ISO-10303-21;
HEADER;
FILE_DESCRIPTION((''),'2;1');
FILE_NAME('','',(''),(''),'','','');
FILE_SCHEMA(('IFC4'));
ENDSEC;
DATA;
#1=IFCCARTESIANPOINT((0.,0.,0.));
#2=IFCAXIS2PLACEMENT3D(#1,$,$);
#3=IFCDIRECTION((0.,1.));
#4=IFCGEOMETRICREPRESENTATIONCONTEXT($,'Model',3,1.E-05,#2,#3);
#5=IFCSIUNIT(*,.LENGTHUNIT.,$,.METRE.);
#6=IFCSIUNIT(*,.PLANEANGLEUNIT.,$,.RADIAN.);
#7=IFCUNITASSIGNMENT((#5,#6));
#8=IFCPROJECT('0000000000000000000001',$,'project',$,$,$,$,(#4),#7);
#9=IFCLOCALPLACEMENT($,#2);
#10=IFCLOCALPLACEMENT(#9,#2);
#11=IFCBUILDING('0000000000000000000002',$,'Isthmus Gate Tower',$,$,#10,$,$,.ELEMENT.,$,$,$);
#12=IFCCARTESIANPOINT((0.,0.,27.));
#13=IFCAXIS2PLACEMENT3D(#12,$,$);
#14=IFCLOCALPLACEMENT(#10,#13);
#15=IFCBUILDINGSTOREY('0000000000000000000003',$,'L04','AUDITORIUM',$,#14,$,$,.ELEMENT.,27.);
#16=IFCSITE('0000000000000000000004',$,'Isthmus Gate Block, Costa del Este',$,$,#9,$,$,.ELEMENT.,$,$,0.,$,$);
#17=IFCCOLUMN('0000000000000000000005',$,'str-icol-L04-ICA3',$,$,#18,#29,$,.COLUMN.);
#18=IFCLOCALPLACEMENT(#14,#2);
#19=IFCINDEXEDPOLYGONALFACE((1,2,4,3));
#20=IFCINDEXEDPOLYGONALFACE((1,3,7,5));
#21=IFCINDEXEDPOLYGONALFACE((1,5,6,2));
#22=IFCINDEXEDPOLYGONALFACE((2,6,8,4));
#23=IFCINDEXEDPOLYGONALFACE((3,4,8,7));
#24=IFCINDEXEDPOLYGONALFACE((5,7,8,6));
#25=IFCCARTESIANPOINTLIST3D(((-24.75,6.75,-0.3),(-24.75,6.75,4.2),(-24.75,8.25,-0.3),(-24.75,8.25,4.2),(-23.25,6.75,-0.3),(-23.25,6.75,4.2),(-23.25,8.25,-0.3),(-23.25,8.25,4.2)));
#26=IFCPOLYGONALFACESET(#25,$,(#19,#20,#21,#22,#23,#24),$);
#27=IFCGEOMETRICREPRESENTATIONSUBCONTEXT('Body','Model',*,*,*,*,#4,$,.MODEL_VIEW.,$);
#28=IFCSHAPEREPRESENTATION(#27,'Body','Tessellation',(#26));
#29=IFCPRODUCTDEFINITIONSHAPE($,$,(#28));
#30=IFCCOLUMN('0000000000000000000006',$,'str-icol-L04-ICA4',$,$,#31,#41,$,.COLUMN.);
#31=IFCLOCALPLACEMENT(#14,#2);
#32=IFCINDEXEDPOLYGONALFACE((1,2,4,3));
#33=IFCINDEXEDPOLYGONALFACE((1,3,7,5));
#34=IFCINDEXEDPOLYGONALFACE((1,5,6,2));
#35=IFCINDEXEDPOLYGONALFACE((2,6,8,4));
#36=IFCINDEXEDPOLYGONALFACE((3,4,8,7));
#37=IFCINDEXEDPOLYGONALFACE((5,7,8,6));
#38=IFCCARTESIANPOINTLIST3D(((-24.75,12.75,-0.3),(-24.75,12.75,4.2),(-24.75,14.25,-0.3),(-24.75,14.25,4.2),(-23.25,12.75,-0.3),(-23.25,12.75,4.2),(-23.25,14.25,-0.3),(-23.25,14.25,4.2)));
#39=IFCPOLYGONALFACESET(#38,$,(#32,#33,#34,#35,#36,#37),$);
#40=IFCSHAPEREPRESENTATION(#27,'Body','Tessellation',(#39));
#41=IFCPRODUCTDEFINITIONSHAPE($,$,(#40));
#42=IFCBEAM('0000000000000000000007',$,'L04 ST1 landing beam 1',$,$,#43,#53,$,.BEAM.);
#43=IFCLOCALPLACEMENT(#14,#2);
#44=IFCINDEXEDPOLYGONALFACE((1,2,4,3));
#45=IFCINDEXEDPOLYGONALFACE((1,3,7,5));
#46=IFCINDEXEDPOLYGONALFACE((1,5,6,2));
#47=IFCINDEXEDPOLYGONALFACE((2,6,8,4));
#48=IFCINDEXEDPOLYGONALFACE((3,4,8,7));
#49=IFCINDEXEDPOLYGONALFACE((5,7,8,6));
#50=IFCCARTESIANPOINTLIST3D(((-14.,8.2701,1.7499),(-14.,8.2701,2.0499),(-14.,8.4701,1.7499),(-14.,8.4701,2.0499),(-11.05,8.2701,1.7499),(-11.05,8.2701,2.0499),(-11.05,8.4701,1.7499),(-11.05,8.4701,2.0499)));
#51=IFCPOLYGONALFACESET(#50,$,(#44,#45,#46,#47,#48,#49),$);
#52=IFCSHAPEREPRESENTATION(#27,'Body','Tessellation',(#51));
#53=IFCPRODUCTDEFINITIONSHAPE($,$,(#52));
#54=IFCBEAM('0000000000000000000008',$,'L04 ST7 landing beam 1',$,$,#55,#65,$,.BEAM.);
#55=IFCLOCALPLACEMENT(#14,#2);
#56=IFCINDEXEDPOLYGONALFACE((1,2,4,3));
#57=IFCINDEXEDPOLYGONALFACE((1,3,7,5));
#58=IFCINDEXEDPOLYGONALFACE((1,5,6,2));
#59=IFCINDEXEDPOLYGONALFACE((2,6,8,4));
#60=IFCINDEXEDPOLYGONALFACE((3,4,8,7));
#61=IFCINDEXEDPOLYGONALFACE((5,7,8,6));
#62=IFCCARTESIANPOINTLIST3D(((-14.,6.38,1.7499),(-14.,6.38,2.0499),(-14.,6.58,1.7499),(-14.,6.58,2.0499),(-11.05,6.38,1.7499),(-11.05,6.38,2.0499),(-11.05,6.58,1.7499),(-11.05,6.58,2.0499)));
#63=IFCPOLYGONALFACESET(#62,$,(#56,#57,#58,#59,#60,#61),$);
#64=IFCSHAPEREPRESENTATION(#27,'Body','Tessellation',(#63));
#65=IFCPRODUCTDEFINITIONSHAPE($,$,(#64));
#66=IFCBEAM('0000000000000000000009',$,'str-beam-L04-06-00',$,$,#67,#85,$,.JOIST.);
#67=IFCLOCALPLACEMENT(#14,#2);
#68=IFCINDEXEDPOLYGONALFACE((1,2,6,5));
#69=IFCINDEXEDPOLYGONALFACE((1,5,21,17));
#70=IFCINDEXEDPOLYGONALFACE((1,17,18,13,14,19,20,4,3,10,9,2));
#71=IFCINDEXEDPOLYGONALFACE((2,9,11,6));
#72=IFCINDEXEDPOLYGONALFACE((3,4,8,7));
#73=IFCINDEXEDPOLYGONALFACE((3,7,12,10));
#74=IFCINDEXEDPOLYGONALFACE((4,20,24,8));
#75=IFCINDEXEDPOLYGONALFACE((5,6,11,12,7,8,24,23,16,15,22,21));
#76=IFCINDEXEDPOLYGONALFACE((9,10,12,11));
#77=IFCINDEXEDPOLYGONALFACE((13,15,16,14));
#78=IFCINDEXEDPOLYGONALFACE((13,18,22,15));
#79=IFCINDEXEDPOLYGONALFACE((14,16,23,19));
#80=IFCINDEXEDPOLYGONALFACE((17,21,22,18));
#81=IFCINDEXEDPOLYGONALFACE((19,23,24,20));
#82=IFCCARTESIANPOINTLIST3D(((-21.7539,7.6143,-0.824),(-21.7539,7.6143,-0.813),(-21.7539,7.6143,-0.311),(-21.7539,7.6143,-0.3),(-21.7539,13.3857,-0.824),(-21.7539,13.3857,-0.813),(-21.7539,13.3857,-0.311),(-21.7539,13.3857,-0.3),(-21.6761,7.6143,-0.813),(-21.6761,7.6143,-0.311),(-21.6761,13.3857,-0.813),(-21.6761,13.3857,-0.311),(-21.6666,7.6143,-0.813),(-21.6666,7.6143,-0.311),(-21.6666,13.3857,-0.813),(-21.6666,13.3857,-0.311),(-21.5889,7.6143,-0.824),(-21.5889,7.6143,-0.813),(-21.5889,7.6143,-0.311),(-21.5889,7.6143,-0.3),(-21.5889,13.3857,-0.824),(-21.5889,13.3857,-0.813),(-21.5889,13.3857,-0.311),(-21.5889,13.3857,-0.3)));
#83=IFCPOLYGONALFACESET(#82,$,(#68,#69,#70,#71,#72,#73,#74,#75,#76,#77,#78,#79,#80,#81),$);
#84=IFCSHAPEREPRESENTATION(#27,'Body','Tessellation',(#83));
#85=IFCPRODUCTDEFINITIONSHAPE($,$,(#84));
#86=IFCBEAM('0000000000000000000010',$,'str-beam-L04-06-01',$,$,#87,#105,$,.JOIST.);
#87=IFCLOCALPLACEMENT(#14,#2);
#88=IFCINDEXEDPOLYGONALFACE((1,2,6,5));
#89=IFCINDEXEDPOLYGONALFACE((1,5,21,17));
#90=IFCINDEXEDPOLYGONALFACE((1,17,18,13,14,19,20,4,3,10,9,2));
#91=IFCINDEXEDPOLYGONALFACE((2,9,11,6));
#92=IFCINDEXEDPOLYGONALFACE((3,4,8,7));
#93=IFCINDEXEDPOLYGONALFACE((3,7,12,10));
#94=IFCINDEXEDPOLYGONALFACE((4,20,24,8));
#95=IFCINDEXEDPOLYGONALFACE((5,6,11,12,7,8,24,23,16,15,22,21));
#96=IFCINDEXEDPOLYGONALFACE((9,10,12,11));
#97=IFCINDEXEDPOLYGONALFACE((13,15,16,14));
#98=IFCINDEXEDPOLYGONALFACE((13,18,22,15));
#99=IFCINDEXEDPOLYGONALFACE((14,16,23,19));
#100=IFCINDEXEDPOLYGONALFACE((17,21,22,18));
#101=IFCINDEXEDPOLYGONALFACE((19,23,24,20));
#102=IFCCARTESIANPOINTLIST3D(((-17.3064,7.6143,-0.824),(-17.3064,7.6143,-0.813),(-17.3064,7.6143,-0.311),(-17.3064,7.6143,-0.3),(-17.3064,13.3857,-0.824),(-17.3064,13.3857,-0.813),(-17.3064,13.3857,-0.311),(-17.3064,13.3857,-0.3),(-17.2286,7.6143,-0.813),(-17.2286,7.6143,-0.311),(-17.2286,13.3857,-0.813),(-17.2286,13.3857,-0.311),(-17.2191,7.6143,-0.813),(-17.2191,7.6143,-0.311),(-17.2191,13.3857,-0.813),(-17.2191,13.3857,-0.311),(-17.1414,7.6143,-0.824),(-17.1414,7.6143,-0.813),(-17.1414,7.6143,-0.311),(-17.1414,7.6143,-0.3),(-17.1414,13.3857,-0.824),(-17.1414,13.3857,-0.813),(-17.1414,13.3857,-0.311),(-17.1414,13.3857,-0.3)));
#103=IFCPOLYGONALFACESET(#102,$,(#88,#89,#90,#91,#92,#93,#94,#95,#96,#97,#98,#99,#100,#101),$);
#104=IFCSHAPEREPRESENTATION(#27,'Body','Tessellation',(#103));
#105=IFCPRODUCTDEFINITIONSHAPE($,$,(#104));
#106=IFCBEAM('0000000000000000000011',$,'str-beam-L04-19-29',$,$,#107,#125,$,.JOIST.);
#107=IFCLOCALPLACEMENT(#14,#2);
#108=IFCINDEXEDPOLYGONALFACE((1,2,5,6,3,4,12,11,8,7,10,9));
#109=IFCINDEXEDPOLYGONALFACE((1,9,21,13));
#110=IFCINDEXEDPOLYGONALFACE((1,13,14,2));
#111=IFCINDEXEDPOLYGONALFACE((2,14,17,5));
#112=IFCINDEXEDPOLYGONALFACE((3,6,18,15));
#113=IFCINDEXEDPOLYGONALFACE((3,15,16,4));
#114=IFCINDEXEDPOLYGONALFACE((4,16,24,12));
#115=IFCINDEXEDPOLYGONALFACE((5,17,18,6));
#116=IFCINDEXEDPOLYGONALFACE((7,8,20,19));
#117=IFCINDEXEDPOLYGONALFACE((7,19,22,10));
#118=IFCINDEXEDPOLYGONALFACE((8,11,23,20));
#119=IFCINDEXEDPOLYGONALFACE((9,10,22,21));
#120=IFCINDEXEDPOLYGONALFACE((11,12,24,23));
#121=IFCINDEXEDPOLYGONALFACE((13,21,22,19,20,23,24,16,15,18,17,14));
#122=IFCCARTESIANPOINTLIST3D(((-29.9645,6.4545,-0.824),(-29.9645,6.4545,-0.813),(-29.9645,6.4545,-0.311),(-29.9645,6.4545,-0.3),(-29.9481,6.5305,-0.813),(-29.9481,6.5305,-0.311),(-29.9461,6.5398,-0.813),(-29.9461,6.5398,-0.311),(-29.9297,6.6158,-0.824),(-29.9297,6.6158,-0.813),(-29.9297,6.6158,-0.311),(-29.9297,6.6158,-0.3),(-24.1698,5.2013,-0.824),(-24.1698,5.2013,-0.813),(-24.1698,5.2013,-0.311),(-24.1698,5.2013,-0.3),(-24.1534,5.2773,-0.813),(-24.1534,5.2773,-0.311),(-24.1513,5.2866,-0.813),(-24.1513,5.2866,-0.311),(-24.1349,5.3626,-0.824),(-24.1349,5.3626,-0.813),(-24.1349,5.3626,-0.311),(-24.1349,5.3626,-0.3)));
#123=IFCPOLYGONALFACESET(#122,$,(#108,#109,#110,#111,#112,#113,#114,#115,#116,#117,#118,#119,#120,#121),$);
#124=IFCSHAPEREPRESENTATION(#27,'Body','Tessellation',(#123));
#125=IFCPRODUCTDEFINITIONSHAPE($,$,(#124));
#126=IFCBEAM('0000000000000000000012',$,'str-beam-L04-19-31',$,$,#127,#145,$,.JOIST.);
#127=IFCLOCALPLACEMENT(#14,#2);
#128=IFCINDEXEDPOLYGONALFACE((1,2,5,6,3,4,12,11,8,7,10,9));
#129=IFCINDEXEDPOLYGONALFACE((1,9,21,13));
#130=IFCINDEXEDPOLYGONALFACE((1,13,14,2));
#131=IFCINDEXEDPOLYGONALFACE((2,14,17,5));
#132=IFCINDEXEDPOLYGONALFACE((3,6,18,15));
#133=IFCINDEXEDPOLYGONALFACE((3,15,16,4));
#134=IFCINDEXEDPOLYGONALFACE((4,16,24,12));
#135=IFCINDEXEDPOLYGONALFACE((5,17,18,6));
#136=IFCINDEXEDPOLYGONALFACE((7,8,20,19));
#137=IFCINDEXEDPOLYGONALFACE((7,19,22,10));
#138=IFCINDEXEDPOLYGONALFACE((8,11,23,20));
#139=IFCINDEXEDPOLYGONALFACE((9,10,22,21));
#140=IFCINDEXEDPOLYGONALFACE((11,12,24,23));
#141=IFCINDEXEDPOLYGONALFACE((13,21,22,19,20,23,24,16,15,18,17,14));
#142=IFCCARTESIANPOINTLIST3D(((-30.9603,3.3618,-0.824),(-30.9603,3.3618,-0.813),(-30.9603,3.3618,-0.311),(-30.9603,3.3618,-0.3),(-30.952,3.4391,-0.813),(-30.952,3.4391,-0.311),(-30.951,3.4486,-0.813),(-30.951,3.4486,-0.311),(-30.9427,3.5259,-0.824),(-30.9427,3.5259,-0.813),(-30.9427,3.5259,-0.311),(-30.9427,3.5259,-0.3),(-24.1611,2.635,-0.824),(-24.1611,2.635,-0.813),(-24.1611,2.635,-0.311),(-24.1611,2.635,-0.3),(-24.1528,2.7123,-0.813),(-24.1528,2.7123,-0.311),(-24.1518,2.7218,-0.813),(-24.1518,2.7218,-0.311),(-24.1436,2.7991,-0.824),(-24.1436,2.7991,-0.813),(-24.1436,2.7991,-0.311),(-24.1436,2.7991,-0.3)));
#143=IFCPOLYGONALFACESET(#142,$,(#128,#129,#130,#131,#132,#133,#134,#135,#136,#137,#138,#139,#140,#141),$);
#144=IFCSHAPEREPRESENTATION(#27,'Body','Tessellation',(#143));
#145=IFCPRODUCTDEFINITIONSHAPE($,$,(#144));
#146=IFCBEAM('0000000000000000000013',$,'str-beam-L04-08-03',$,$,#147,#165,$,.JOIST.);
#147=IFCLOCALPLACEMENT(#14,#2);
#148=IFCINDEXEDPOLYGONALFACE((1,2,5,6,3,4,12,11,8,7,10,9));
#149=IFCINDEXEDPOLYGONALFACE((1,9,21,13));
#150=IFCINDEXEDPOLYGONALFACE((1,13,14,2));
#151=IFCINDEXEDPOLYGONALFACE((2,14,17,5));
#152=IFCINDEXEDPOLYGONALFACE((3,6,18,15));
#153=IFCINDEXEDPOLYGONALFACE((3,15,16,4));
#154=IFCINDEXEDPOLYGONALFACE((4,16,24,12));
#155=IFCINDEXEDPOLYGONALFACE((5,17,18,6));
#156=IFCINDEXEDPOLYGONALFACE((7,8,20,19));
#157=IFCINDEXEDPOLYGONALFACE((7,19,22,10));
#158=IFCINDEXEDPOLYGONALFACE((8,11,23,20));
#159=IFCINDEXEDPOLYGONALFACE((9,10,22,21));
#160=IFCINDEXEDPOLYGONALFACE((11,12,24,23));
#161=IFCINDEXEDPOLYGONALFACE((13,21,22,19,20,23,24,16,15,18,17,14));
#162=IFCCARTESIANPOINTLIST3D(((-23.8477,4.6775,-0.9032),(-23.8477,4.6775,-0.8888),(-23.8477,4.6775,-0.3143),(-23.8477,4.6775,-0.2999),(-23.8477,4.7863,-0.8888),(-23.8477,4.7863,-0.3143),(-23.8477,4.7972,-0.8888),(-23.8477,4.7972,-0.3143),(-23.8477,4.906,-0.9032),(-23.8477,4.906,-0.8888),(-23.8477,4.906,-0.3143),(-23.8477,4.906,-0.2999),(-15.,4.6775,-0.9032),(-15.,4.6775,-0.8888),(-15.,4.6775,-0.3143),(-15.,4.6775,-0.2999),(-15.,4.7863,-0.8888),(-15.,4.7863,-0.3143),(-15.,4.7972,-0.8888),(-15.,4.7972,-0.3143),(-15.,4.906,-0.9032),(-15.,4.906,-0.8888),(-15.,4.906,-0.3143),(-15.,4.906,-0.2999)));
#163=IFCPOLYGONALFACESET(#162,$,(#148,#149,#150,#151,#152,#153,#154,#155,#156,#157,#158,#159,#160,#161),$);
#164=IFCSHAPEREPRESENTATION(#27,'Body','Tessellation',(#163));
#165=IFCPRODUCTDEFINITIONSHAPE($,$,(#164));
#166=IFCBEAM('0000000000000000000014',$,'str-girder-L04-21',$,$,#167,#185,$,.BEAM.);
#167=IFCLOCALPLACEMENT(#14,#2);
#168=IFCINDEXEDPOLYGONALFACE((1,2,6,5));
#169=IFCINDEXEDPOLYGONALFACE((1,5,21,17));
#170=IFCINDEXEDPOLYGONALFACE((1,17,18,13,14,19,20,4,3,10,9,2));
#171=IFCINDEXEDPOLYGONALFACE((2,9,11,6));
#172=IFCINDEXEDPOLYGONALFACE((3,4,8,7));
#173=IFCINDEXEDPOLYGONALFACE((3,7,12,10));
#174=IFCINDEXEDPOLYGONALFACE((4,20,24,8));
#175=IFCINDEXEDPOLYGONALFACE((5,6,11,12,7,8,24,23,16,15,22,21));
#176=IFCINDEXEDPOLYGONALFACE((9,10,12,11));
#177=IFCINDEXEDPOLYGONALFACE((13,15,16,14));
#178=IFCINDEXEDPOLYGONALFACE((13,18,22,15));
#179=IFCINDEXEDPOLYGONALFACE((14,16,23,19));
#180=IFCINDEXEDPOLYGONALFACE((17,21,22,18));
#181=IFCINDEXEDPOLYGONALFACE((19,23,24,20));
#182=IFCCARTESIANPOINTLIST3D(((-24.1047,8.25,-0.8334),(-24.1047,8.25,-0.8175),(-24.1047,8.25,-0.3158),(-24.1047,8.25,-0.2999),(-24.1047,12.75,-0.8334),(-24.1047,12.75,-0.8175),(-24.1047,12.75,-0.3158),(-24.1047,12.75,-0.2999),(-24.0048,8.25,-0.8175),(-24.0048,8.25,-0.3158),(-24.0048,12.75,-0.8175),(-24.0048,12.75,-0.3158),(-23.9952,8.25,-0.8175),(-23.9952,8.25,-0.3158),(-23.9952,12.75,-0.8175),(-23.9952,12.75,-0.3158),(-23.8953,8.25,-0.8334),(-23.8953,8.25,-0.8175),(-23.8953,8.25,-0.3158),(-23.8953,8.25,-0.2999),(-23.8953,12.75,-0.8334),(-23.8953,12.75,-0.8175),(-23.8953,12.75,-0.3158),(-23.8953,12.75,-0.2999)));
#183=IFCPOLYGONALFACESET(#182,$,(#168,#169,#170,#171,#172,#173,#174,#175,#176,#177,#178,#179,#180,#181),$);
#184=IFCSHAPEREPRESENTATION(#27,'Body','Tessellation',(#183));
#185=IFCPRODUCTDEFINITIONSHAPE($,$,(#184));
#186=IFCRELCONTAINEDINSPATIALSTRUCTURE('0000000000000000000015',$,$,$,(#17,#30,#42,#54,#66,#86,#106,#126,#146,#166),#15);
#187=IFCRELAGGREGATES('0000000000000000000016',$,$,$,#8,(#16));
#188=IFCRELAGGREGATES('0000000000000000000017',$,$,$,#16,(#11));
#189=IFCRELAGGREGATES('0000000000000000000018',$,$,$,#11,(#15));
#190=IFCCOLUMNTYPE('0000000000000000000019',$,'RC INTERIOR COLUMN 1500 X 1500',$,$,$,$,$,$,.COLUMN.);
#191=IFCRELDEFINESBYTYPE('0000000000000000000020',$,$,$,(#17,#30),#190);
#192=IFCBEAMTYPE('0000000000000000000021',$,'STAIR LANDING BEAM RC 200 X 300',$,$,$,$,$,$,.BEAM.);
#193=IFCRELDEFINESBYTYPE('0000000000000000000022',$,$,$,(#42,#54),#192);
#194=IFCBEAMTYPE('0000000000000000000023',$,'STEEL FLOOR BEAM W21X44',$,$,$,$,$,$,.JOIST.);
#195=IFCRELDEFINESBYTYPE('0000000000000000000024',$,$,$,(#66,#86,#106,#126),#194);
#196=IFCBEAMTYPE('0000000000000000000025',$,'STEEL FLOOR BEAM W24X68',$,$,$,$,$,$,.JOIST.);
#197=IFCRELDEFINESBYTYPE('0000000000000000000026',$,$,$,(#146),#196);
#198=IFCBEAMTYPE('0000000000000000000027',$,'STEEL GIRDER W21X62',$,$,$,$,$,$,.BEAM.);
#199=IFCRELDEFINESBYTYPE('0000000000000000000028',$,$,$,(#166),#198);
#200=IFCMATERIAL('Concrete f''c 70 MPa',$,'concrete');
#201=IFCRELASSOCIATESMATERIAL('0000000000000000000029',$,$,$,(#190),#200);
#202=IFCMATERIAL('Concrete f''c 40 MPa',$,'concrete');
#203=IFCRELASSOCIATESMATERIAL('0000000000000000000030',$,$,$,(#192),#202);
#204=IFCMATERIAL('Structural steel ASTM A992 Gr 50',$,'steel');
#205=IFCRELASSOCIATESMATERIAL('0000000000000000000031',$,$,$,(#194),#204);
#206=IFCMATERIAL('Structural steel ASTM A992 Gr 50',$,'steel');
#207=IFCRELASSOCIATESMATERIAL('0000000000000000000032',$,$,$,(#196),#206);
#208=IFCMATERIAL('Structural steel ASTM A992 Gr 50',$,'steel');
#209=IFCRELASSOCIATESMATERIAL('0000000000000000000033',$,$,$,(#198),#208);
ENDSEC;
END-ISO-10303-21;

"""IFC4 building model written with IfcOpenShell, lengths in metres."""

from ifc_helpers import new_model, si_unit, direction, frame, origin, origin_2d, place, context, subcontext, project, spatial, rectangle, i_section, extrude, material, material_profile, profile_set, type_object, element, save


model = new_model("IFC4")

# Units and contexts
model_context = context("Model", 3, precision=1e-05, world=origin(), true_north=direction((0.0, 1.0)))
body_context = subcontext(model_context, "Body", "Model", "MODEL_VIEW")
ifc_project = project(units=[si_unit("LENGTHUNIT", "METRE"), si_unit("PLANEANGLEUNIT", "RADIAN")], contexts=[model_context])

# Site, building, storey
site_placement = place(None, origin())
site = spatial("IfcSite", under=ifc_project, at=site_placement, Name="Isthmus Gate Block, Costa del Este", CompositionType="ELEMENT", RefElevation=0.0)
building_placement = place(site_placement, origin())
building = spatial("IfcBuilding", under=site, at=building_placement, Name="Isthmus Gate Tower", CompositionType="ELEMENT")
storey_placement = place(building_placement, frame((0.0, 0.0, 27.0)))
storey = spatial("IfcBuildingStorey", under=building, at=storey_placement, Name="L04", Description="AUDITORIUM", CompositionType="ELEMENT", Elevation=27.0)

# Columns
ifc_material_1 = material(Name="Concrete f'c 70 MPa", Category="concrete")
ifc_material_profile_1 = material_profile(ifc_material_1, rectangle(XDim=1.5, YDim=1.5, at=origin_2d()), Name="RC 1500X1500")
ifc_profile_set_1 = profile_set([ifc_material_profile_1], Name="Concrete f'c 70 MPa")
column_type = type_object("IfcColumnType", Name="RC INTERIOR COLUMN 1500 X 1500", PredefinedType="COLUMN", material=ifc_profile_set_1)
for number, where, z_axis, x_axis, name in (
    (1, (-24.0, 7.5, -0.3), (0.0, 0.0, 1.0), (1.0, 0.0, 0.0), "str-icol-L04-ICA3"),
    (2, (-24.0, 13.5, -0.3), (0.0, 0.0, 1.0), (1.0, 0.0, 0.0), "str-icol-L04-ICA4"),
):
    element("IfcColumn", number, at=place(storey_placement, frame(where, z_axis=z_axis, x_axis=x_axis)), inside=storey, type_object=column_type, Name=name, PredefinedType="COLUMN", context=body_context, shape_type="SweptSolid", body=[
        extrude(rectangle(XDim=1.5, YDim=1.5, at=origin_2d()), origin(), (0.0, 0.0, 1.0), 4.5),
    ])

# Beams
ifc_material_2 = material(Name="Concrete f'c 40 MPa", Category="concrete")
ifc_material_profile_2 = material_profile(ifc_material_2, rectangle(XDim=0.2, YDim=0.3, at=origin_2d()), Name="STAIR LANDING BEAM RC 200 X 300")
ifc_profile_set_2 = profile_set([ifc_material_profile_2], Name="Concrete f'c 40 MPa")
beam_type_1 = type_object("IfcBeamType", Name="STAIR LANDING BEAM RC 200 X 300", PredefinedType="BEAM", material=ifc_profile_set_2)
for number, where, z_axis, x_axis, name in (
    (3, (-14.0, 8.3701, 1.8999), (1.0, 0.0, 0.0), (0.0, 1.0, 0.0), "L04 ST1 landing beam 1"),
    (4, (-14.0, 6.48, 1.8999), (1.0, 0.0, 0.0), (0.0, 1.0, 0.0), "L04 ST7 landing beam 1"),
):
    element("IfcBeam", number, at=place(storey_placement, frame(where, z_axis=z_axis, x_axis=x_axis)), inside=storey, type_object=beam_type_1, Name=name, PredefinedType="BEAM", context=body_context, shape_type="SweptSolid", body=[
        extrude(rectangle(XDim=0.2, YDim=0.3, at=origin_2d()), origin(), (0.0, 0.0, 1.0), 2.95),
    ])
ifc_material_3 = material(Name="Structural steel ASTM A992 Gr 50", Category="steel")
ifc_material_profile_3 = material_profile(ifc_material_3, i_section(OverallWidth=0.165, OverallDepth=0.5239, WebThickness=0.0095, FlangeThickness=0.011, at=origin_2d()), Name="W21X44")
ifc_profile_set_3 = profile_set([ifc_material_profile_3], Name="Structural steel ASTM A992 Gr 50")
beam_type_2 = type_object("IfcBeamType", Name="STEEL FLOOR BEAM W21X44", PredefinedType="JOIST", material=ifc_profile_set_3)
for number, where, z_axis, x_axis, name in (
    (5, (-21.6714, 7.6143, -0.562), (0.0, 1.0, 0.0), (-1.0, 0.0, 0.0), "str-beam-L04-06-00"),
    (6, (-17.2239, 7.6143, -0.562), (0.0, 1.0, 0.0), (-1.0, 0.0, 0.0), "str-beam-L04-06-01"),
):
    element("IfcBeam", number, at=place(storey_placement, frame(where, z_axis=z_axis, x_axis=x_axis)), inside=storey, type_object=beam_type_2, Name=name, PredefinedType="JOIST", context=body_context, shape_type="SweptSolid", body=[
        extrude(i_section(OverallWidth=0.165, OverallDepth=0.5239, WebThickness=0.0095, FlangeThickness=0.011, at=origin_2d()), origin(), (0.0, 0.0, 1.0), 5.7715),
    ])
beam_1_placement = place(storey_placement, frame((-24.1523, 5.282, -0.562), z_axis=(-0.977405, 0.211376, 0.0), x_axis=(-0.211376, -0.977405, 0.0)))
element("IfcBeam", 7, at=beam_1_placement, inside=storey, type_object=beam_type_2, Name="str-beam-L04-19-29", PredefinedType="JOIST", context=body_context, shape_type="SweptSolid", body=[
    extrude(i_section(OverallWidth=0.165, OverallDepth=0.5239, WebThickness=0.0095, FlangeThickness=0.011, at=origin_2d()), origin(), (0.0, 0.0, 1.0), 5.9287),
])
beam_2_placement = place(storey_placement, frame((-24.1523, 2.717, -0.562), z_axis=(-0.994335, 0.106292, 0.0), x_axis=(-0.106292, -0.994335, 0.0)))
element("IfcBeam", 8, at=beam_2_placement, inside=storey, type_object=beam_type_2, Name="str-beam-L04-19-31", PredefinedType="JOIST", context=body_context, shape_type="SweptSolid", body=[
    extrude(i_section(OverallWidth=0.165, OverallDepth=0.5239, WebThickness=0.0095, FlangeThickness=0.011, at=origin_2d()), origin(), (0.0, 0.0, 1.0), 6.8379),
])
ifc_material_4 = material(Name="Structural steel ASTM A992 Gr 50", Category="steel")
ifc_material_profile_4 = material_profile(ifc_material_4, i_section(OverallWidth=0.2285, OverallDepth=0.6033, WebThickness=0.011, FlangeThickness=0.0144, at=origin_2d()), Name="W24X68")
ifc_profile_set_4 = profile_set([ifc_material_profile_4], Name="Structural steel ASTM A992 Gr 50")
beam_type_3 = type_object("IfcBeamType", Name="STEEL FLOOR BEAM W24X68", PredefinedType="JOIST", material=ifc_profile_set_4)
beam_3_placement = place(storey_placement, frame((-23.8477, 4.7917, -0.6016), z_axis=(1.0, 0.0, 0.0), x_axis=(0.0, 1.0, 0.0)))
element("IfcBeam", 9, at=beam_3_placement, inside=storey, type_object=beam_type_3, Name="str-beam-L04-08-03", PredefinedType="JOIST", context=body_context, shape_type="SweptSolid", body=[
    extrude(i_section(OverallWidth=0.2285, OverallDepth=0.6033, WebThickness=0.011, FlangeThickness=0.0144, at=origin_2d()), origin(), (0.0, 0.0, 1.0), 8.8477),
])
ifc_material_5 = material(Name="Structural steel ASTM A992 Gr 50", Category="steel")
ifc_material_profile_5 = material_profile(ifc_material_5, i_section(OverallWidth=0.2095, OverallDepth=0.5334, WebThickness=0.0095, FlangeThickness=0.0159, at=origin_2d()), Name="W21X62")
ifc_profile_set_5 = profile_set([ifc_material_profile_5], Name="Structural steel ASTM A992 Gr 50")
beam_type_4 = type_object("IfcBeamType", Name="STEEL GIRDER W21X62", PredefinedType="BEAM", material=ifc_profile_set_5)
beam_4_placement = place(storey_placement, frame((-24.0, 8.25, -0.5667), z_axis=(0.0, 1.0, 0.0), x_axis=(-1.0, 0.0, 0.0)))
element("IfcBeam", 10, at=beam_4_placement, inside=storey, type_object=beam_type_4, Name="str-girder-L04-21", PredefinedType="BEAM", context=body_context, shape_type="SweptSolid", body=[
    extrude(i_section(OverallWidth=0.2095, OverallDepth=0.5334, WebThickness=0.0095, FlangeThickness=0.0159, at=origin_2d()), origin(), (0.0, 0.0, 1.0), 4.5),
])

save(model, "model.ifc")
